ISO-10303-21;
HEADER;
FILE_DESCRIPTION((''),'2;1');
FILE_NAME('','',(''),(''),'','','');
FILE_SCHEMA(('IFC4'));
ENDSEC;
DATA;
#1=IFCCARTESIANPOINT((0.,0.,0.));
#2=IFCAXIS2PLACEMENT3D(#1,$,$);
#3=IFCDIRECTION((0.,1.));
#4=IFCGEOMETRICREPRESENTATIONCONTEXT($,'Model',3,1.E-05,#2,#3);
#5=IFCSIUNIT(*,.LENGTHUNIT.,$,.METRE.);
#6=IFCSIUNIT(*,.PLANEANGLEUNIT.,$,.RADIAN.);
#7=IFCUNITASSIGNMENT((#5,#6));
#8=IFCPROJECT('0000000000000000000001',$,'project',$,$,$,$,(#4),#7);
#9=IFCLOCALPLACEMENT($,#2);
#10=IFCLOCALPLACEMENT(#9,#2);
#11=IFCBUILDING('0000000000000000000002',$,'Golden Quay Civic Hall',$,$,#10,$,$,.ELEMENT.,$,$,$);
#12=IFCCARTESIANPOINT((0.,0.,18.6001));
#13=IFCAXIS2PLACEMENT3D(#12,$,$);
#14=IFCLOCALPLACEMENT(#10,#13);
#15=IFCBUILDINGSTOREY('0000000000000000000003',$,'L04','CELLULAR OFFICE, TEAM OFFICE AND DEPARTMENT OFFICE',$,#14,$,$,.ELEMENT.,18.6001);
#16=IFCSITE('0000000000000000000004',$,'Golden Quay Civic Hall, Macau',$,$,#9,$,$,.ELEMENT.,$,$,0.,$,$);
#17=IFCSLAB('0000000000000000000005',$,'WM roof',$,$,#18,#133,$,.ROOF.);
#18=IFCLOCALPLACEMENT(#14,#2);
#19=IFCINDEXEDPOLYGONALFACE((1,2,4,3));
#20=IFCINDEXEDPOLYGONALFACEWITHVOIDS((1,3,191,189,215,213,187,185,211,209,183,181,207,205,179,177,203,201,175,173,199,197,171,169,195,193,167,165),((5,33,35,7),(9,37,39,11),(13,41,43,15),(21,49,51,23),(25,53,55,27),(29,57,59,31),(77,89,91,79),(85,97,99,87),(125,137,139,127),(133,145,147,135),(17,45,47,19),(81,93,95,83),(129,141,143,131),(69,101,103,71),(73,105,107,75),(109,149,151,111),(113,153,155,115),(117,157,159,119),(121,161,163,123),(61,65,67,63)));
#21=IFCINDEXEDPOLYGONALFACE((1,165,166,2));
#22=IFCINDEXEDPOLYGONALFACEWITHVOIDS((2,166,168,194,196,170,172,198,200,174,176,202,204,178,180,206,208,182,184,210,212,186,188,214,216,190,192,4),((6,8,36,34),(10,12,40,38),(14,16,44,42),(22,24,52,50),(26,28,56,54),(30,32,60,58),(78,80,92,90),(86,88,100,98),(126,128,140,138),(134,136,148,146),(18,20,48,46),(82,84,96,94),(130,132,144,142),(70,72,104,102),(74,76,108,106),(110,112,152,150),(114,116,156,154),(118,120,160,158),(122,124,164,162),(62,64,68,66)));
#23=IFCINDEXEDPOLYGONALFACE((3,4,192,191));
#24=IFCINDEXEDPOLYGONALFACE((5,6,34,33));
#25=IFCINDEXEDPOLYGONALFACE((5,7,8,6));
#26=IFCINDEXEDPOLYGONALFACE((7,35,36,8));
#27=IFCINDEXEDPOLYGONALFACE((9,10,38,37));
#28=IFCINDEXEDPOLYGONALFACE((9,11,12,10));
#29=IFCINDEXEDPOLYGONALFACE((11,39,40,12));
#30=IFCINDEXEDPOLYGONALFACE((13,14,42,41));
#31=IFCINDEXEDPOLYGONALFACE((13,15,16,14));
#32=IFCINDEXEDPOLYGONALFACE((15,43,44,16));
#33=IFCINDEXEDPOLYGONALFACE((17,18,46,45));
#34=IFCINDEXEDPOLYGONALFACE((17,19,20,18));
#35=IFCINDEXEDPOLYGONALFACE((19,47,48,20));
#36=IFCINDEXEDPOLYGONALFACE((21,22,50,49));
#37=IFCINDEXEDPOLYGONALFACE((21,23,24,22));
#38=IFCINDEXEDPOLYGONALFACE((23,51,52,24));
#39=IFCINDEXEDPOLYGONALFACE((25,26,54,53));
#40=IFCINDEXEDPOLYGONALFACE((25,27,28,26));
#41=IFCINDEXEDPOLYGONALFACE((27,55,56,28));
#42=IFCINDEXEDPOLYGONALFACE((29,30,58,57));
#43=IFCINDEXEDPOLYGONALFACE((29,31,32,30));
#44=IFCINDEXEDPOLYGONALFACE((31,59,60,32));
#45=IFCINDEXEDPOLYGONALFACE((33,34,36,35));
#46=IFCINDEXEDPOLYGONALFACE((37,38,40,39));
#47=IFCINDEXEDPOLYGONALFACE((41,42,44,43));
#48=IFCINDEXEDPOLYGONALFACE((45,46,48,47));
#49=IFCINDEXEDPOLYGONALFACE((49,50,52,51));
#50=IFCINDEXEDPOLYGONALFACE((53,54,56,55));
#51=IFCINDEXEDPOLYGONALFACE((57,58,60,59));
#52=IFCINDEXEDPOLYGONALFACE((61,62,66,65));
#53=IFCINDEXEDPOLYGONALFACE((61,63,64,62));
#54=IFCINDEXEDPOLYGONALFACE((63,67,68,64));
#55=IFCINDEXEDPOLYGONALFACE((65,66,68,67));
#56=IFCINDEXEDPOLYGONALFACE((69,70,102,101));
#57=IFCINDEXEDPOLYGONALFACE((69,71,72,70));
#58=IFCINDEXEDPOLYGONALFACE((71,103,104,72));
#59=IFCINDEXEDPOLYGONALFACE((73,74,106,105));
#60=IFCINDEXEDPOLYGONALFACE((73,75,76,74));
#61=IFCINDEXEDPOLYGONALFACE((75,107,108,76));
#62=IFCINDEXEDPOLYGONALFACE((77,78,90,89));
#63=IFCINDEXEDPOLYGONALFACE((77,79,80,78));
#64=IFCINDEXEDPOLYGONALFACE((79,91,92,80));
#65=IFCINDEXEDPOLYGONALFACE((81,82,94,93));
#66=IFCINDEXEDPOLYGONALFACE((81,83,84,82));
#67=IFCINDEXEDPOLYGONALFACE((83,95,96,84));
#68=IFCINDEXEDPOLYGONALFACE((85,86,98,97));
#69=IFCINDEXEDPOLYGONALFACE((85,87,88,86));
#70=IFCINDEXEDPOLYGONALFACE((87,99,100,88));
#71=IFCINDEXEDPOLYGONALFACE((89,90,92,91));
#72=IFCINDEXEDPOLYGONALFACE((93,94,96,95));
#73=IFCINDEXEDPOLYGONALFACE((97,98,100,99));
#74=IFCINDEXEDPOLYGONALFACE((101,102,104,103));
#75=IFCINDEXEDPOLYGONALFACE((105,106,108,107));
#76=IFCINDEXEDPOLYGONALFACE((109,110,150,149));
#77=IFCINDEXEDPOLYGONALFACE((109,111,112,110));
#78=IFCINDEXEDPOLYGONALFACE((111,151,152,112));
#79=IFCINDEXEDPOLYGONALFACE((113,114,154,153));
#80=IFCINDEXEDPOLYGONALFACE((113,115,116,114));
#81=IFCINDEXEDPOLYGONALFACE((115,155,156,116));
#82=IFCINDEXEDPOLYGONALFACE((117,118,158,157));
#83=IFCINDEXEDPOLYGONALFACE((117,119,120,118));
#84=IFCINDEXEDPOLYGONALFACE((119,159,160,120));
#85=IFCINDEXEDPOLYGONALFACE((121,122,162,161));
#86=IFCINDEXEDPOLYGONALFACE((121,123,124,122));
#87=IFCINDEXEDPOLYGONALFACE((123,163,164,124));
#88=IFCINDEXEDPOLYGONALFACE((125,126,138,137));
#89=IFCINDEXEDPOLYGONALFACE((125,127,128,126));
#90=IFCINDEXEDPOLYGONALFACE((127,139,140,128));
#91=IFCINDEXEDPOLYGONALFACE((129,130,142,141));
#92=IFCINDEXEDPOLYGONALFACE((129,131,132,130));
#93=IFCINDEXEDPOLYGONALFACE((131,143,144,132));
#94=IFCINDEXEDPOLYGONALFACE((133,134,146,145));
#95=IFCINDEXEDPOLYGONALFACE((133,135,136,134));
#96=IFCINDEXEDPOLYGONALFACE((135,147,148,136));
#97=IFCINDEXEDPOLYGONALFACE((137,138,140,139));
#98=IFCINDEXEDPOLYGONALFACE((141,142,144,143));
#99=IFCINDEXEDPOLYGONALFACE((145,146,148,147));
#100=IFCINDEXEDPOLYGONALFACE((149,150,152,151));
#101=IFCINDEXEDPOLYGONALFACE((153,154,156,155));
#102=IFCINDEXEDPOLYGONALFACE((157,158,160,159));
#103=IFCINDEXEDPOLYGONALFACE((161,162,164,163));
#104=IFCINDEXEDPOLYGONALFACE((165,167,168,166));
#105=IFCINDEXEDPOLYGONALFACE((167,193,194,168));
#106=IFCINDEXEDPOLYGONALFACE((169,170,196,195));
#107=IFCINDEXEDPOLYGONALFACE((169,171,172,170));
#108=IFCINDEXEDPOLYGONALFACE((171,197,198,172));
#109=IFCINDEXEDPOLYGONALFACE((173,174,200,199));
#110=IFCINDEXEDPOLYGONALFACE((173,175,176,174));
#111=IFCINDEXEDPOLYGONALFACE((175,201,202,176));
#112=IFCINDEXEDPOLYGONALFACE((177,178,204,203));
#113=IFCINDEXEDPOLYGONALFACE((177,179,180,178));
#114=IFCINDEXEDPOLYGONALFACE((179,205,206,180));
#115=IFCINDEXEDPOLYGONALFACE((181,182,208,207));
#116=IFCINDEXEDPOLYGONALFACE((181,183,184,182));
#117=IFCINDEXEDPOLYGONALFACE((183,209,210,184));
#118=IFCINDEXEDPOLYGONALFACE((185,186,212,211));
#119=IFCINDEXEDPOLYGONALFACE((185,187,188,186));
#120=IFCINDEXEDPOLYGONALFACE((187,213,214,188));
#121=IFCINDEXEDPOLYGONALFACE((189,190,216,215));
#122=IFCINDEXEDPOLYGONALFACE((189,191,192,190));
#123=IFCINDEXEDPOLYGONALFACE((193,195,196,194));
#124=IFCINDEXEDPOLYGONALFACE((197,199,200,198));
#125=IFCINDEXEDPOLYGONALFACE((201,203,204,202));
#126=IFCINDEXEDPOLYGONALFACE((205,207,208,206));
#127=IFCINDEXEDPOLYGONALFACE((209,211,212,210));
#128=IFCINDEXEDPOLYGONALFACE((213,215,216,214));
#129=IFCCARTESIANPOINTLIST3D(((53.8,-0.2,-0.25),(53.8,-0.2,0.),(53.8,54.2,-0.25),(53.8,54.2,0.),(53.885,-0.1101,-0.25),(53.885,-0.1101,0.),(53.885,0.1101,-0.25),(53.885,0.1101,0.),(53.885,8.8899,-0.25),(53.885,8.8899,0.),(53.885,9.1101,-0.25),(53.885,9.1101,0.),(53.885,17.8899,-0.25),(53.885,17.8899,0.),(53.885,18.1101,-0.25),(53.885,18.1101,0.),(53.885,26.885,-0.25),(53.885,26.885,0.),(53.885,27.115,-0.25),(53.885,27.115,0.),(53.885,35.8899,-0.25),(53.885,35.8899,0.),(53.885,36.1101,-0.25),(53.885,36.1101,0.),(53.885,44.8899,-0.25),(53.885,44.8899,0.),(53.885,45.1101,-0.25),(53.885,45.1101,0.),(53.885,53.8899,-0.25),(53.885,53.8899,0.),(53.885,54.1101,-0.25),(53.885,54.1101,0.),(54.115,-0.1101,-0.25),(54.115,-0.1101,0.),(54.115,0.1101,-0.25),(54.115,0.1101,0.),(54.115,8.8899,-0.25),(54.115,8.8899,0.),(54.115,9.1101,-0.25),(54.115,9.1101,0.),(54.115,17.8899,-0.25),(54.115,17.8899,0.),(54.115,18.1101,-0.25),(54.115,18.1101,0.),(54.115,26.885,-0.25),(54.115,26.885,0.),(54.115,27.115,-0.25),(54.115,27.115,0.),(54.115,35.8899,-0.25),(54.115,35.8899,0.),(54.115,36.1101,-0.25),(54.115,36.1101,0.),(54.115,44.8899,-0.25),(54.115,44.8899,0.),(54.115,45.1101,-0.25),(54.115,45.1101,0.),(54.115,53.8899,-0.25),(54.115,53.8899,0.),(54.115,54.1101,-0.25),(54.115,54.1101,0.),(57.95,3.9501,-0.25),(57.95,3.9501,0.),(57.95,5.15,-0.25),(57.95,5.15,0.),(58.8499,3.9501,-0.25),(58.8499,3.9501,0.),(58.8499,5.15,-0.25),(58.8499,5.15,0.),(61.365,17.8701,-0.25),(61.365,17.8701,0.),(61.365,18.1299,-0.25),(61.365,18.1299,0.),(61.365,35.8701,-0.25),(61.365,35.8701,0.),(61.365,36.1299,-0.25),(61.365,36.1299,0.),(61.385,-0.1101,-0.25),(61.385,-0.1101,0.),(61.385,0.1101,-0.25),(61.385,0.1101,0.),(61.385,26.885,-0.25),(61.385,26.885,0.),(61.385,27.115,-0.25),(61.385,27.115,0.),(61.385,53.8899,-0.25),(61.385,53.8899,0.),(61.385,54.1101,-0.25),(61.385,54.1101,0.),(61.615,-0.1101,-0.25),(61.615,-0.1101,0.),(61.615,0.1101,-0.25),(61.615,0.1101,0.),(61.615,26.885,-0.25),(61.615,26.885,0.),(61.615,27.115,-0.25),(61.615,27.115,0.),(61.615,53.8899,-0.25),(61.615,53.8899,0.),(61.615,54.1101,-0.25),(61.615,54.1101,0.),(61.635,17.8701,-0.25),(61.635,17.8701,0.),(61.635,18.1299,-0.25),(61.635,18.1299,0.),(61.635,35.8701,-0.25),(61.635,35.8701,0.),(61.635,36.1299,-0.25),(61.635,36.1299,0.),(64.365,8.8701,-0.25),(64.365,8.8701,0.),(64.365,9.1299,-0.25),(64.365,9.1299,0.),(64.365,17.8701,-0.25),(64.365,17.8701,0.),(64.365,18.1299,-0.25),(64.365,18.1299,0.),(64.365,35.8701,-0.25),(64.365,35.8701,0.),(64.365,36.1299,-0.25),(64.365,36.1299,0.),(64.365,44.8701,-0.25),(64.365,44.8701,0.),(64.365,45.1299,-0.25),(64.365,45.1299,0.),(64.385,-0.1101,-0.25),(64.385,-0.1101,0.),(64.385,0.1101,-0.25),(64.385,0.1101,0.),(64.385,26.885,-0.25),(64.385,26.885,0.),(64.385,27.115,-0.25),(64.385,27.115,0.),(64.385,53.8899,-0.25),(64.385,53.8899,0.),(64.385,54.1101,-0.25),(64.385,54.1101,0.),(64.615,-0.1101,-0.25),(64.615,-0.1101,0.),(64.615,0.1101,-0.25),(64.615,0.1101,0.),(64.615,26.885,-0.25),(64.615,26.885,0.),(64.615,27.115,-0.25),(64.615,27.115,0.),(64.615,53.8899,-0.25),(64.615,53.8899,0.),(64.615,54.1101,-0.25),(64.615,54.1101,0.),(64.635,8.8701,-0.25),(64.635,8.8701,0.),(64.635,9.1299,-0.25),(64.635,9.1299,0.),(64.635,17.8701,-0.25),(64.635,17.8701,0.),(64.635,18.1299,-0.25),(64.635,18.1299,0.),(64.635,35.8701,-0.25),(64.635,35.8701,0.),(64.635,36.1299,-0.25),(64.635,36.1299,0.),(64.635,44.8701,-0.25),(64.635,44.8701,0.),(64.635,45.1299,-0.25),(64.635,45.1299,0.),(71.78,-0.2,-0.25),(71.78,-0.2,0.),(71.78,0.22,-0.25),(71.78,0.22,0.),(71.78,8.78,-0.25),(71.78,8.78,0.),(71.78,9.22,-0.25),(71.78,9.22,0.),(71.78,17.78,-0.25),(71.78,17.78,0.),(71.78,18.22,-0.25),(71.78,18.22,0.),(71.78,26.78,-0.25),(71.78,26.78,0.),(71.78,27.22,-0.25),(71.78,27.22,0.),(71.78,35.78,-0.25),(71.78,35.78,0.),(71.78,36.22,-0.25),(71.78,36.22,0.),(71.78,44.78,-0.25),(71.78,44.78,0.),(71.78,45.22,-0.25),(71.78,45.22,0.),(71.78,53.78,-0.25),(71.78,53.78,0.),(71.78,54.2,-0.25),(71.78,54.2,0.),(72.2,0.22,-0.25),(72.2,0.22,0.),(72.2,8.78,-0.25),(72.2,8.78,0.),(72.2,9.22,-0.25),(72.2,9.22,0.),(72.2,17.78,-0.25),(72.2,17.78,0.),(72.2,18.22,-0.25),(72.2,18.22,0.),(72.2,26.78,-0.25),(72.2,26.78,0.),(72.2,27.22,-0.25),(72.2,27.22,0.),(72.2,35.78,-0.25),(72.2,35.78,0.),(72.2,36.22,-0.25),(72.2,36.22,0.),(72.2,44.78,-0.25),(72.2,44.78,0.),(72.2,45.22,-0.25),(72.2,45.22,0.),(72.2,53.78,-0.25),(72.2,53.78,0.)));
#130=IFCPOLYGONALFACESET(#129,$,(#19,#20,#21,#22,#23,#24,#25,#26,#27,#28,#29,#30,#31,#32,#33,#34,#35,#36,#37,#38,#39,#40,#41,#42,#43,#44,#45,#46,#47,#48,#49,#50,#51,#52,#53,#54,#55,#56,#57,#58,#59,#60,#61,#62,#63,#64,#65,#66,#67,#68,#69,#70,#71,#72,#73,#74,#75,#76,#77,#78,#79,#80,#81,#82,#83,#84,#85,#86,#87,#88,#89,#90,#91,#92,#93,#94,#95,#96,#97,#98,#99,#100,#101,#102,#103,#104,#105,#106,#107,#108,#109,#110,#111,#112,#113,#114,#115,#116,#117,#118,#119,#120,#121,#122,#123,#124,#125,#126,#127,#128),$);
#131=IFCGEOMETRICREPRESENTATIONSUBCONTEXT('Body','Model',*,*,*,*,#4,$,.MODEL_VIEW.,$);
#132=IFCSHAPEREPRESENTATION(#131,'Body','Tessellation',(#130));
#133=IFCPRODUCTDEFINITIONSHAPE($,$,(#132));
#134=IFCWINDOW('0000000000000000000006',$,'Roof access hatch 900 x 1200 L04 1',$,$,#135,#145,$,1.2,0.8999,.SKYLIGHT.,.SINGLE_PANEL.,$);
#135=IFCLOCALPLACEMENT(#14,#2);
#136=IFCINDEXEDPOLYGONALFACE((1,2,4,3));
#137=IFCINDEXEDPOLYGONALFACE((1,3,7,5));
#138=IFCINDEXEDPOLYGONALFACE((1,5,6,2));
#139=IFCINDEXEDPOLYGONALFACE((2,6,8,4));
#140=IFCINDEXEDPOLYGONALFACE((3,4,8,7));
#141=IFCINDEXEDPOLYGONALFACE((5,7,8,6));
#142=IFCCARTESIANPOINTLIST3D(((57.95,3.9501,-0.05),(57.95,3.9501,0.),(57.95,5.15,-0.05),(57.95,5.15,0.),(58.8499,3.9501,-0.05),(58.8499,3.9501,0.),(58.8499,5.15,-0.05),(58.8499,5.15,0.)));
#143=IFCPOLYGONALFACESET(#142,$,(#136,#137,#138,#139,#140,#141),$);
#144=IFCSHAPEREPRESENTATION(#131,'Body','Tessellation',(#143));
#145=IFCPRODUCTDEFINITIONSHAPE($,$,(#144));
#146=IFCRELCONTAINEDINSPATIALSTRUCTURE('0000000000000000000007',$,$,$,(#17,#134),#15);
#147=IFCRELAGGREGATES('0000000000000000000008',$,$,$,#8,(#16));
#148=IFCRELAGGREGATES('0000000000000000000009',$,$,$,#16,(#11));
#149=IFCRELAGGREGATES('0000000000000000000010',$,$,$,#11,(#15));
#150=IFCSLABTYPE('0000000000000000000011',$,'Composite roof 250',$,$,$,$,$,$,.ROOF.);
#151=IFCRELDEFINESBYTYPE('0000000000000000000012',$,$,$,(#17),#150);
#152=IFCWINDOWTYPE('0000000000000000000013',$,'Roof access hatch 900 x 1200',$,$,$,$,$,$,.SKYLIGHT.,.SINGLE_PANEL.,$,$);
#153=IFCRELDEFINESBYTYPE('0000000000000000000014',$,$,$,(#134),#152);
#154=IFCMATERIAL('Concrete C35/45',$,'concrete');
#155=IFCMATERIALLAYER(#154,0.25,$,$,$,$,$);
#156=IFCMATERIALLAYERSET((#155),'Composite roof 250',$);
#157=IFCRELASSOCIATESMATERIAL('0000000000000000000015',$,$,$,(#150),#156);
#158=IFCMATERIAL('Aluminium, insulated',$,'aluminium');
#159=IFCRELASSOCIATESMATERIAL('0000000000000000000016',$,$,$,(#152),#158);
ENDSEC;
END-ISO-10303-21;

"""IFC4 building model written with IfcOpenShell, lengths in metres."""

from ifc_helpers import new_model, si_unit, direction, frame, origin, origin_2d, place, context, subcontext, project, spatial, polyline, rectangle, outline, extrude, material, layer, layer_set, type_object, element, fill, save


model = new_model("IFC4")

# Units and contexts
model_context = context("Model", 3, precision=1e-05, world=origin(), true_north=direction((0.0, 1.0)))
body_context = subcontext(model_context, "Body", "Model", "MODEL_VIEW")
ifc_project = project(units=[si_unit("LENGTHUNIT", "METRE"), si_unit("PLANEANGLEUNIT", "RADIAN")], contexts=[model_context])

# Site, building, storey
site_placement = place(None, origin())
site = spatial("IfcSite", under=ifc_project, at=site_placement, Name="Golden Quay Civic Hall, Macau", CompositionType="ELEMENT", RefElevation=0.0)
building_placement = place(site_placement, origin())
building = spatial("IfcBuilding", under=site, at=building_placement, Name="Golden Quay Civic Hall", CompositionType="ELEMENT")
storey_placement = place(building_placement, frame((0.0, 0.0, 18.6001)))
storey = spatial("IfcBuildingStorey", under=building, at=storey_placement, Name="L04", Description="CELLULAR OFFICE, TEAM OFFICE AND DEPARTMENT OFFICE", CompositionType="ELEMENT", Elevation=18.6001)

# Slab, opening, window
ifc_material_1 = material(Name="Concrete C35/45", Category="concrete")
ifc_layer_1 = layer(ifc_material_1, 0.25)
ifc_layer_set_1 = layer_set([ifc_layer_1], Name="Composite roof 250")
slab_type_1 = type_object("IfcSlabType", Name="Composite roof 250", PredefinedType="ROOF", material=ifc_layer_set_1)
slab_1_placement = place(storey_placement, frame((0.0, 0.0, -0.25)))
slab_1 = element("IfcSlab", 1, at=slab_1_placement, inside=storey, type_object=slab_type_1, Name="WM roof", PredefinedType="ROOF", context=body_context, shape_type="SweptSolid", body=[
    extrude(outline(polyline([(72.2, 26.78), (72.2, 18.22), (71.78, 18.22), (71.78, 17.78), (72.2, 17.78), (72.2, 9.22), (71.78, 9.22), (71.78, 8.78), (72.2, 8.78), (72.2, 0.22), (71.78, 0.22), (71.78, -0.2), (53.8, -0.2), (53.8, 54.2), (71.78, 54.2), (71.78, 53.78), (72.2, 53.78), (72.2, 45.22), (71.78, 45.22), (71.78, 44.78), (72.2, 44.78), (72.2, 36.22), (71.78, 36.22), (71.78, 35.78), (72.2, 35.78), (72.2, 27.22), (71.78, 27.22), (71.78, 26.78), (72.2, 26.78)]), holes=[polyline([(53.885, -0.1101), (54.115, -0.1101), (54.115, 0.1101), (53.885, 0.1101), (53.885, -0.1101)]), polyline([(53.885, 9.1101), (53.885, 8.8899), (54.115, 8.8899), (54.115, 9.1101), (53.885, 9.1101)]), polyline([(54.115, 18.1101), (53.885, 18.1101), (53.885, 17.8899), (54.115, 17.8899), (54.115, 18.1101)]), polyline([(61.615, -0.1101), (61.615, 0.1101), (61.385, 0.1101), (61.385, -0.1101), (61.615, -0.1101)]), polyline([(61.365, 17.8701), (61.635, 17.8701), (61.635, 18.1299), (61.365, 18.1299), (61.365, 17.8701)]), polyline([(64.385, 0.1101), (64.385, -0.1101), (64.615, -0.1101), (64.615, 0.1101), (64.385, 0.1101)]), polyline([(64.635, 9.1299), (64.365, 9.1299), (64.365, 8.8701), (64.635, 8.8701), (64.635, 9.1299)]), polyline([(64.635, 17.8701), (64.635, 18.1299), (64.365, 18.1299), (64.365, 17.8701), (64.635, 17.8701)]), polyline([(53.885, 35.8899), (54.115, 35.8899), (54.115, 36.1101), (53.885, 36.1101), (53.885, 35.8899)]), polyline([(53.885, 45.1101), (53.885, 44.8899), (54.115, 44.8899), (54.115, 45.1101), (53.885, 45.1101)]), polyline([(54.115, 54.1101), (53.885, 54.1101), (53.885, 53.8899), (54.115, 53.8899), (54.115, 54.1101)]), polyline([(61.635, 35.8701), (61.635, 36.1299), (61.365, 36.1299), (61.365, 35.8701), (61.635, 35.8701)]), polyline([(61.385, 53.8899), (61.615, 53.8899), (61.615, 54.1101), (61.385, 54.1101), (61.385, 53.8899)]), polyline([(64.365, 36.1299), (64.365, 35.8701), (64.635, 35.8701), (64.635, 36.1299), (64.365, 36.1299)]), polyline([(64.635, 45.1299), (64.365, 45.1299), (64.365, 44.8701), (64.635, 44.8701), (64.635, 45.1299)]), polyline([(64.615, 53.8899), (64.615, 54.1101), (64.385, 54.1101), (64.385, 53.8899), (64.615, 53.8899)]), polyline([(53.885, 26.885), (54.115, 26.885), (54.115, 27.115), (53.885, 27.115), (53.885, 26.885)]), polyline([(61.385, 27.115), (61.385, 26.885), (61.615, 26.885), (61.615, 27.115), (61.385, 27.115)]), polyline([(64.615, 27.115), (64.385, 27.115), (64.385, 26.885), (64.615, 26.885), (64.615, 27.115)])]), origin(), (0.0, 0.0, 1.0), 0.25),
])
opening_1_placement = place(slab_1_placement, frame((58.3999, 4.55, 0.0)))
opening_1 = element("IfcOpeningElement", 2, at=opening_1_placement, cuts=slab_1, PredefinedType="OPENING", context=body_context, shape_type="SweptSolid", body=[
    extrude(rectangle(XDim=0.8999, YDim=1.2, at=origin_2d()), origin(), (0.0, 0.0, 1.0), 0.25),
])
ifc_material_2 = material(Name="Aluminium, insulated", Category="aluminium")
window_type = type_object("IfcWindowType", Name="Roof access hatch 900 x 1200", PartitioningType="SINGLE_PANEL", PredefinedType="SKYLIGHT", material=ifc_material_2)
window_1_placement = place(opening_1_placement, frame((0.0, 0.0, 0.2)))
window_1 = element("IfcWindow", 3, at=window_1_placement, inside=storey, type_object=window_type, Name="Roof access hatch 900 x 1200 L04 1", OverallHeight=1.2, OverallWidth=0.8999, PartitioningType="SINGLE_PANEL", PredefinedType="SKYLIGHT", context=body_context, shape_type="SweptSolid", body=[
    extrude(rectangle(XDim=0.8999, YDim=1.2, at=origin_2d()), origin(), (0.0, 0.0, 1.0), 0.05),
])
fill(opening_1, window_1)

save(model, "model.ifc")
